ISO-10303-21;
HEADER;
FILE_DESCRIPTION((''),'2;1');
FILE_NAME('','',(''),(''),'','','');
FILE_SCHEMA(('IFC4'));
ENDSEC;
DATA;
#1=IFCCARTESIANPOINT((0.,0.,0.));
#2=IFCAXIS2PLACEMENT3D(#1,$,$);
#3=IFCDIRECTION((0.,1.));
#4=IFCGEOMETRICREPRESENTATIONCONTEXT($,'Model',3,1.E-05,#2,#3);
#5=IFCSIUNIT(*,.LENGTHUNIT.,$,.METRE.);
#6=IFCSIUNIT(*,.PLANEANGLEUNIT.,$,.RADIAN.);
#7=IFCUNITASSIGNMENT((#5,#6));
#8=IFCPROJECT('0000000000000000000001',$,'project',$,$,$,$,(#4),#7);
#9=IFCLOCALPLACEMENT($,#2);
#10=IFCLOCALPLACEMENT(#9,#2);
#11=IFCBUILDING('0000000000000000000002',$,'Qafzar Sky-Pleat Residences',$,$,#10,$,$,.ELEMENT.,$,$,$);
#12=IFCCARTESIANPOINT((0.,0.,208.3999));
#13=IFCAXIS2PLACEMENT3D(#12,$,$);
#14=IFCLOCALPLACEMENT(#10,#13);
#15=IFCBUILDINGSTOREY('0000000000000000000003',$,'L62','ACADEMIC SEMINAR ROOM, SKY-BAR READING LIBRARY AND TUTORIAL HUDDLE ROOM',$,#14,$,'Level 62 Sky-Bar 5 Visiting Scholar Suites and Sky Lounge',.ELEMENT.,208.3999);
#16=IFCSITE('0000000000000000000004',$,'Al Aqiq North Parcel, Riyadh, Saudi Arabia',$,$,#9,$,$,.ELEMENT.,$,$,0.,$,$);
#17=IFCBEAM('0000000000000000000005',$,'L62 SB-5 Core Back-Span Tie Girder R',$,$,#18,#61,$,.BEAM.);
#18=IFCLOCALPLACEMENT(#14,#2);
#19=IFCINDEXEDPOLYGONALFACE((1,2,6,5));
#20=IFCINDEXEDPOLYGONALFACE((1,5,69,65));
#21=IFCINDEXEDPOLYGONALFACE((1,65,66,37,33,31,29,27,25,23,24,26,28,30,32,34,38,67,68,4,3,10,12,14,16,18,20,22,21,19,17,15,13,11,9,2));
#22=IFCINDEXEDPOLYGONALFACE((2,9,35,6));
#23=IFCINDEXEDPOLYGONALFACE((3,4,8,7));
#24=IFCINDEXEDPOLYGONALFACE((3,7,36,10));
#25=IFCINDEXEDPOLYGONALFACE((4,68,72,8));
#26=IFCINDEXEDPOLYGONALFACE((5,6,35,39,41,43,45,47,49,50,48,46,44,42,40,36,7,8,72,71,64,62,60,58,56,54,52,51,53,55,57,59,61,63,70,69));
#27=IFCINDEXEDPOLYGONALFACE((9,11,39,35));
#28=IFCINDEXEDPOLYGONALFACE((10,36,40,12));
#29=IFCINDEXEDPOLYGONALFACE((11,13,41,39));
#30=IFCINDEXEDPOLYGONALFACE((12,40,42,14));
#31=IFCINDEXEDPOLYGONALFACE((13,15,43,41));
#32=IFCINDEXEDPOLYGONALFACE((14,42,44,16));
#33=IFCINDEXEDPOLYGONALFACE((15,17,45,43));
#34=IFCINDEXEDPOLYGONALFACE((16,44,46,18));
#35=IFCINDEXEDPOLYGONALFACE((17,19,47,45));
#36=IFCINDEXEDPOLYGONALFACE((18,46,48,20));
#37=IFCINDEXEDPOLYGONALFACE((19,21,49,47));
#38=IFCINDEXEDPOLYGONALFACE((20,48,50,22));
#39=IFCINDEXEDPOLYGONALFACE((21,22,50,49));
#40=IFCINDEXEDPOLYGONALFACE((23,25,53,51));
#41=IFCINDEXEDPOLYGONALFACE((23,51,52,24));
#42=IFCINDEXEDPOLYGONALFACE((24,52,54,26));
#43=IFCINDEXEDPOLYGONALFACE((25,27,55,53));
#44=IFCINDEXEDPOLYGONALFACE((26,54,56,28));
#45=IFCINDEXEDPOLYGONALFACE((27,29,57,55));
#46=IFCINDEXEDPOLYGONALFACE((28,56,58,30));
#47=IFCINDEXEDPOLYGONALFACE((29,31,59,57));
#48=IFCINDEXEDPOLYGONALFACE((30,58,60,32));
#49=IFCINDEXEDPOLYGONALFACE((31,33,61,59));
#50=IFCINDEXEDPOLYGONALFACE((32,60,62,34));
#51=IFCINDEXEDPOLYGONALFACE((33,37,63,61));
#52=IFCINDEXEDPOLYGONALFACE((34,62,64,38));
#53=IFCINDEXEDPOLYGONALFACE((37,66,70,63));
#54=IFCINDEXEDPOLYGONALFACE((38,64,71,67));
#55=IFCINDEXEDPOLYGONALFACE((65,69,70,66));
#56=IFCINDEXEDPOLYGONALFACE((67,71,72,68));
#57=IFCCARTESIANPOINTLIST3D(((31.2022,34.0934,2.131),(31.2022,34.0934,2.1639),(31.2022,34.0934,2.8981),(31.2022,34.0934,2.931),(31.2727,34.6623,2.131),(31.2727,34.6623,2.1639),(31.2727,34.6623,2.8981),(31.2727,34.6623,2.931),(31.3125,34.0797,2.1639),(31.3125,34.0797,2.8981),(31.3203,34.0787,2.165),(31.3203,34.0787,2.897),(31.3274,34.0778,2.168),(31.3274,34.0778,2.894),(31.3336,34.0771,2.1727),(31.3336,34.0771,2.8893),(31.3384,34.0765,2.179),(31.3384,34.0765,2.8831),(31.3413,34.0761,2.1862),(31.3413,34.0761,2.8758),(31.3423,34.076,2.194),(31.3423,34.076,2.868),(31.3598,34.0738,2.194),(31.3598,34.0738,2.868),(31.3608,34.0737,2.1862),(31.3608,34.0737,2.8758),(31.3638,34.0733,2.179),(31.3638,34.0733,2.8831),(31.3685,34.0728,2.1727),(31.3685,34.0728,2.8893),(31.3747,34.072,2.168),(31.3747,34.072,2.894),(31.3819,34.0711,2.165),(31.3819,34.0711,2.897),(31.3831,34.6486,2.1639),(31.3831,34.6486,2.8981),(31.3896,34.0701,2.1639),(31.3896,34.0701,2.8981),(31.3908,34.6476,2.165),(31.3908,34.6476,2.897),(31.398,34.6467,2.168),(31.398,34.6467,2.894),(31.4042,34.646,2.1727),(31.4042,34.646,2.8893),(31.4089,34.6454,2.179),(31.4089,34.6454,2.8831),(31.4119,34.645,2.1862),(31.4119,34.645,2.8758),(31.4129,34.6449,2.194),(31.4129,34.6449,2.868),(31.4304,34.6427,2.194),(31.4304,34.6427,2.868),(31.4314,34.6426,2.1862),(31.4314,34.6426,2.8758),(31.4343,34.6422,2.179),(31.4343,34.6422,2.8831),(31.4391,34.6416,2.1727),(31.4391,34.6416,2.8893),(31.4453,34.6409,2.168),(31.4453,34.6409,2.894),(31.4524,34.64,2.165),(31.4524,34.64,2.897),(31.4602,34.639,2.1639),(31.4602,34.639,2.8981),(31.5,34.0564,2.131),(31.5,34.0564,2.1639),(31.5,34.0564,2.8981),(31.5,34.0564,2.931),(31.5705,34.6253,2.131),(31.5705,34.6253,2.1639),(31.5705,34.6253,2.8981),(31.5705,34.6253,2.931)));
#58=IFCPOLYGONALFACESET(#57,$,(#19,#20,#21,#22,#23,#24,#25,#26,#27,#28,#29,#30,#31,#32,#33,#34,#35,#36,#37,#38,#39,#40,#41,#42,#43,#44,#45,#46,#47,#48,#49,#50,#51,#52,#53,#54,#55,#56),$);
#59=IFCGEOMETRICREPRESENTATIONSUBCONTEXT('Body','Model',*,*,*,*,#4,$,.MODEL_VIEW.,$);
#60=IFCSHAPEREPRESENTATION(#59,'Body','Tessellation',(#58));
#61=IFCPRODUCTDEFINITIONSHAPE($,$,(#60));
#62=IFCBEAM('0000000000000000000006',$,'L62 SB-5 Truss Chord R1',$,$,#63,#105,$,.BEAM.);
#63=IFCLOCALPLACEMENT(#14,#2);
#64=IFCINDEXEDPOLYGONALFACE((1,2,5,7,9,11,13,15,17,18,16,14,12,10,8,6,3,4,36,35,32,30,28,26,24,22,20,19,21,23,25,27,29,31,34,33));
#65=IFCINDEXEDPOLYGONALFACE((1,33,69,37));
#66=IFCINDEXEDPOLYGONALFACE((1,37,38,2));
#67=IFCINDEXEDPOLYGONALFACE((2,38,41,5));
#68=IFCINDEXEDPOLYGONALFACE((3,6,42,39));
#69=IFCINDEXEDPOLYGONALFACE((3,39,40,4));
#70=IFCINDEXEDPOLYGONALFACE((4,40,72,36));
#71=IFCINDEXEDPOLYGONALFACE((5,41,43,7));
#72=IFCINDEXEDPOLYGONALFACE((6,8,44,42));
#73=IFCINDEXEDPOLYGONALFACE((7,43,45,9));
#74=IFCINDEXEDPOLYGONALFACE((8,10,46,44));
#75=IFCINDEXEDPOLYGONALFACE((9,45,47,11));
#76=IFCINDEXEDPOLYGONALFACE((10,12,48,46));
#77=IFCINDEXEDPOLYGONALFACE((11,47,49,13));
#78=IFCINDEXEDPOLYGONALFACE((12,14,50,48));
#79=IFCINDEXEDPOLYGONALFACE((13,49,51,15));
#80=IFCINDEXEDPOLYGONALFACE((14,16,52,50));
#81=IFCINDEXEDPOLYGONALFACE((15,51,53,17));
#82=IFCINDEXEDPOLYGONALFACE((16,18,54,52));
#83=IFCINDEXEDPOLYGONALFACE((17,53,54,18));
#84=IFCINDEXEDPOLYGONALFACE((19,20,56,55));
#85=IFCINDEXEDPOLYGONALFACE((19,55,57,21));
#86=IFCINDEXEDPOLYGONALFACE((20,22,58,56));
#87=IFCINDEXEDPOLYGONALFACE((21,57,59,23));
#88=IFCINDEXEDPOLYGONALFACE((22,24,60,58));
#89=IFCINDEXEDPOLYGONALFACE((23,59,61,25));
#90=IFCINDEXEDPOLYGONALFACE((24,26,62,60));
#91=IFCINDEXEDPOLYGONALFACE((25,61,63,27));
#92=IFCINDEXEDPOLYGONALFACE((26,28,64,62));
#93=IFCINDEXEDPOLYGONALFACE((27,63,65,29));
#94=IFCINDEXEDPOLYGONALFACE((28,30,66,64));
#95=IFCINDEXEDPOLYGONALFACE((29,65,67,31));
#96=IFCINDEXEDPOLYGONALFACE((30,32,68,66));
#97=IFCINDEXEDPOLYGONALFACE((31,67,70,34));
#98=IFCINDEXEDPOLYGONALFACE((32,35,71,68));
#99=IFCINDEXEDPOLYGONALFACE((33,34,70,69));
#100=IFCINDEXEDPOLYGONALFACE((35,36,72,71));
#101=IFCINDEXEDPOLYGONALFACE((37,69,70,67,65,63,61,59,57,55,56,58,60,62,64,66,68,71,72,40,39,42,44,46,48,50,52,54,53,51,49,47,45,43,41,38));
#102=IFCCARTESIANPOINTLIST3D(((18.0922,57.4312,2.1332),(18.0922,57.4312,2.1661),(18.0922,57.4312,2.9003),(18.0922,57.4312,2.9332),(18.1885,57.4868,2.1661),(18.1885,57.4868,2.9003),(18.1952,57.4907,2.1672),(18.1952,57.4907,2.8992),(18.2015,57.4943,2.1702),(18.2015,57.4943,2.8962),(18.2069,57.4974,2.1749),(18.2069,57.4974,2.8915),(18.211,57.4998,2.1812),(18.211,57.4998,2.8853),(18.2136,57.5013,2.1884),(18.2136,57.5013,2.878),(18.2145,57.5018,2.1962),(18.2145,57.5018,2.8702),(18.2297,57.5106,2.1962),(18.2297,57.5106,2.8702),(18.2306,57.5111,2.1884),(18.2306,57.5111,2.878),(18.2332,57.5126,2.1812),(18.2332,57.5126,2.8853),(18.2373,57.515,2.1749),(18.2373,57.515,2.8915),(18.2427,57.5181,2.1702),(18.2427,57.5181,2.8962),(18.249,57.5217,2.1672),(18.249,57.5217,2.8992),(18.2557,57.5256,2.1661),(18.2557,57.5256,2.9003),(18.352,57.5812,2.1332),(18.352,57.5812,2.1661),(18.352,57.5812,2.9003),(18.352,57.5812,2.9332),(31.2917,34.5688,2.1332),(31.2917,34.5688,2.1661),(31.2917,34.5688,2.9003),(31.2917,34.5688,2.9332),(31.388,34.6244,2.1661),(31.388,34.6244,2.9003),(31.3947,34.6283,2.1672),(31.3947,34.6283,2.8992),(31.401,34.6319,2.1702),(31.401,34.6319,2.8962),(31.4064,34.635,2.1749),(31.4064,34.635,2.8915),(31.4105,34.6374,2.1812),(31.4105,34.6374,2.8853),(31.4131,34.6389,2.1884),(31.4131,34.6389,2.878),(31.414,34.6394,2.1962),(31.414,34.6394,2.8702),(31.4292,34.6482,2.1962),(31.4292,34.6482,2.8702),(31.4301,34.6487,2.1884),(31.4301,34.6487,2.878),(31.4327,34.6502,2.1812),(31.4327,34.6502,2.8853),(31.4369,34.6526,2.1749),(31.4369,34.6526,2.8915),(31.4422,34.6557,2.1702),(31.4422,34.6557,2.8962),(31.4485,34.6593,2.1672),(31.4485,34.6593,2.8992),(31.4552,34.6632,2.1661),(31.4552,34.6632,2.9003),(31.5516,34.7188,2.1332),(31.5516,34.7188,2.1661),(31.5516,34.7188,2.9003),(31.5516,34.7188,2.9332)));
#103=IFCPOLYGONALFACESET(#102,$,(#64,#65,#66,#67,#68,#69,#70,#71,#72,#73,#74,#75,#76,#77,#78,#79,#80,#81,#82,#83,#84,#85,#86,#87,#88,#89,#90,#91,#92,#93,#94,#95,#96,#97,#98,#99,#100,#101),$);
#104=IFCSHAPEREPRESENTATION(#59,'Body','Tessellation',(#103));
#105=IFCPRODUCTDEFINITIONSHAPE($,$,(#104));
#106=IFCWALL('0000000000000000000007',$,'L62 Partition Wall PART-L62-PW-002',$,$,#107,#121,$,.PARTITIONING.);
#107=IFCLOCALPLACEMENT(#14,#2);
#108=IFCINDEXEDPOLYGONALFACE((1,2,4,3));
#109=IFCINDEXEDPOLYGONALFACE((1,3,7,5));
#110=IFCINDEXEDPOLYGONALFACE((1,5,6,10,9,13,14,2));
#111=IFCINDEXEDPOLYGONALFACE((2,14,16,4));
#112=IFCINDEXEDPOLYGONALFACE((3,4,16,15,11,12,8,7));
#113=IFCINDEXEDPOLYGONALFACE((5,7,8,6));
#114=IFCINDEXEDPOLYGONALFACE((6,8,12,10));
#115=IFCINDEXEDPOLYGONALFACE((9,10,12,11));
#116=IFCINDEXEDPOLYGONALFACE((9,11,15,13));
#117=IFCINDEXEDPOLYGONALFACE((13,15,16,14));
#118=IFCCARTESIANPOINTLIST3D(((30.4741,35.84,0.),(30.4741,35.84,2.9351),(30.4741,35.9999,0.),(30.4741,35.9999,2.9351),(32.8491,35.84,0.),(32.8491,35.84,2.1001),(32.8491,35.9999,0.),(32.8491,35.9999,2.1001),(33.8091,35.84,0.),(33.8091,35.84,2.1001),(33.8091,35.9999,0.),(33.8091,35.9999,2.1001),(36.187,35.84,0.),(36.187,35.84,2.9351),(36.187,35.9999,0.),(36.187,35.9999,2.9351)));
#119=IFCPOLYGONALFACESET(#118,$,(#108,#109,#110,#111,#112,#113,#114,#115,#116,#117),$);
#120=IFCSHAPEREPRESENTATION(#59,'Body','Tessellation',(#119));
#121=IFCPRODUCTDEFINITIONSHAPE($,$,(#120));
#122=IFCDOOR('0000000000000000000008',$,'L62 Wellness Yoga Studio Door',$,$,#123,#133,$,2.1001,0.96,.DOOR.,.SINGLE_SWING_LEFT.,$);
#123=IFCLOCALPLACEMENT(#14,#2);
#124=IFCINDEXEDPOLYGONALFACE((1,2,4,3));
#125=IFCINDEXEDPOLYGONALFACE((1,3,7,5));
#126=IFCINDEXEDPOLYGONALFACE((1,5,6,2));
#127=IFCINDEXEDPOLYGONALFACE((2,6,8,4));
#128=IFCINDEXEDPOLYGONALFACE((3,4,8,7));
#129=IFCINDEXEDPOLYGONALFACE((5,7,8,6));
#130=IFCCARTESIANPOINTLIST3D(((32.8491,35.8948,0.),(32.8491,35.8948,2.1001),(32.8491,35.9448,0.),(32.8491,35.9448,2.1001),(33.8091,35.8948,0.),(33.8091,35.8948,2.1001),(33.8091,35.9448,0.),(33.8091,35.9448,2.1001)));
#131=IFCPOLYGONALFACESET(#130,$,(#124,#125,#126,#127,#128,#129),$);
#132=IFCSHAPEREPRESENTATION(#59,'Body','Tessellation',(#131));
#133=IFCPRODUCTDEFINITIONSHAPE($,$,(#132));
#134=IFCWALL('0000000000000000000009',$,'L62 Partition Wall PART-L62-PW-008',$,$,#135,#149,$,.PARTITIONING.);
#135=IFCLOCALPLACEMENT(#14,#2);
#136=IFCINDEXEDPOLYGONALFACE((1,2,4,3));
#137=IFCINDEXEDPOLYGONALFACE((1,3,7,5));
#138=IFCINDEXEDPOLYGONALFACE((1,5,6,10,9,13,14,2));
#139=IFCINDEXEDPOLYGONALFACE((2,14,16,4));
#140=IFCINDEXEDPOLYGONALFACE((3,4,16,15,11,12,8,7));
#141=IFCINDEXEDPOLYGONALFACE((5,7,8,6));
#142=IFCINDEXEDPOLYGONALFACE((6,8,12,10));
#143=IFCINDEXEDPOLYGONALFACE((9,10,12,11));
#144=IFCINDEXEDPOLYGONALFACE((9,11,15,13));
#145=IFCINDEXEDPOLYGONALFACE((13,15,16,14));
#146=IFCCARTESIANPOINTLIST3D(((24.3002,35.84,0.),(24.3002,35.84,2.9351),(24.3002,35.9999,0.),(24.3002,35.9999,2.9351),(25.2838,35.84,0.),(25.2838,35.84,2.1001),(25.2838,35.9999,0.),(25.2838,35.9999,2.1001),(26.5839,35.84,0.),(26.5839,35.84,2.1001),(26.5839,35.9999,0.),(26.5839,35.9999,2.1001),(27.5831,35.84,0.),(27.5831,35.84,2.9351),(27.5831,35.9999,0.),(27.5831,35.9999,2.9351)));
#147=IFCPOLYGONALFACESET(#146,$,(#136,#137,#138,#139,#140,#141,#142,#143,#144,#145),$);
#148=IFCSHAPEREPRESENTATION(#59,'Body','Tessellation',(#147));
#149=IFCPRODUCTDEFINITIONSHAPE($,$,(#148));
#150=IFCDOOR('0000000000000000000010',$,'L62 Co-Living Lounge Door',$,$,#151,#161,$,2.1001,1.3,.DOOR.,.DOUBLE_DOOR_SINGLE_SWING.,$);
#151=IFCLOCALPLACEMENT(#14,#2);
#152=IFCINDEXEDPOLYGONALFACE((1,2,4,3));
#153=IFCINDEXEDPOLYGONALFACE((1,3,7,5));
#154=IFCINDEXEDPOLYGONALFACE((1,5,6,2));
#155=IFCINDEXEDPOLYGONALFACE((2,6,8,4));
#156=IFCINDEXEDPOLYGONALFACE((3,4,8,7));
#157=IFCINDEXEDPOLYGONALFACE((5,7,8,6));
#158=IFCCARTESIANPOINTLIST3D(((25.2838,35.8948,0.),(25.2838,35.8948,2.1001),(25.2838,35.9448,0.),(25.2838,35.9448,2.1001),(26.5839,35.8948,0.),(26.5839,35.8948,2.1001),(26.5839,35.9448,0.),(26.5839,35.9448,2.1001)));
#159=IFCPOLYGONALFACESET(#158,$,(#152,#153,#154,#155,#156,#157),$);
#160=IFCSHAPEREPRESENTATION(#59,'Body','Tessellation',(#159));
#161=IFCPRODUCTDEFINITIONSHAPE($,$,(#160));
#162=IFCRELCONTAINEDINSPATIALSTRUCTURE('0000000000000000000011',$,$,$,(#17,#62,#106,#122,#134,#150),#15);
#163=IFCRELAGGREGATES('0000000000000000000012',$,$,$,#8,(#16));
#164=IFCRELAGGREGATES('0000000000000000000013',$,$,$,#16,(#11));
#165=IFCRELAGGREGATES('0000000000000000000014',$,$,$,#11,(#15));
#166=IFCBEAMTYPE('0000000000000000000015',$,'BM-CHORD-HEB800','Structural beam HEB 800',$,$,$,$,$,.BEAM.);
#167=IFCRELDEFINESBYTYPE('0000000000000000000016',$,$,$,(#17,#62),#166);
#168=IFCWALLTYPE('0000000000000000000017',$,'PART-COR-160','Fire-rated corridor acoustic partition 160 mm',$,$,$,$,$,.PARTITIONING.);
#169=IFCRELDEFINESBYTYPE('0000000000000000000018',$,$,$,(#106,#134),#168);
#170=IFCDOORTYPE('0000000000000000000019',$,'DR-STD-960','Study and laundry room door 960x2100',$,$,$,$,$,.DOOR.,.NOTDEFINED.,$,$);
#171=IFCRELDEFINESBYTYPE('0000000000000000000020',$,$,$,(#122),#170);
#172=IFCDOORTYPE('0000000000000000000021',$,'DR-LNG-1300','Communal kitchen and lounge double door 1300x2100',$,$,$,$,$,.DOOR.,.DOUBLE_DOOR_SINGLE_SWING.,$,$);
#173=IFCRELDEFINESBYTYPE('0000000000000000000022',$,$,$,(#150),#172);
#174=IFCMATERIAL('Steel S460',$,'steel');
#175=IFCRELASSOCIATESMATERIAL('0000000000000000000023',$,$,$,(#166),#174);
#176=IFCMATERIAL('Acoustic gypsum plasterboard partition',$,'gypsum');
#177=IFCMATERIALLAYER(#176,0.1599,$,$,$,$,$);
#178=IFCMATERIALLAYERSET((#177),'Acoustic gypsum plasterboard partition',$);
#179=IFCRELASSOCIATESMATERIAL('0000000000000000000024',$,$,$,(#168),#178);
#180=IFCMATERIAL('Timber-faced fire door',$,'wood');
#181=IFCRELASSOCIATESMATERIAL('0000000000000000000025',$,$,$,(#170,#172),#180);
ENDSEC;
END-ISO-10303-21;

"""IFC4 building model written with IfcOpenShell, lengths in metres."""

from ifc_helpers import new_model, si_unit, direction, frame, frame_2d, origin, origin_2d, place, context, subcontext, project, spatial, rectangle, i_section, extrude, source, transform, mapped, material, layer, layer_set, material_profile, profile_set, type_object, element, fill, save


model = new_model("IFC4")

# Units and contexts
model_context = context("Model", 3, precision=1e-05, world=origin(), true_north=direction((0.0, 1.0)))
body_context = subcontext(model_context, "Body", "Model", "MODEL_VIEW")
ifc_project = project(units=[si_unit("LENGTHUNIT", "METRE"), si_unit("PLANEANGLEUNIT", "RADIAN")], contexts=[model_context])

# Site, building, storey
site_placement = place(None, origin())
site = spatial("IfcSite", under=ifc_project, at=site_placement, Name="Al Aqiq North Parcel, Riyadh, Saudi Arabia", CompositionType="ELEMENT", RefElevation=0.0)
building_placement = place(site_placement, origin())
building = spatial("IfcBuilding", under=site, at=building_placement, Name="Qafzar Sky-Pleat Residences", CompositionType="ELEMENT")
storey_placement = place(building_placement, frame((0.0, 0.0, 208.3999)))
storey = spatial("IfcBuildingStorey", under=building, at=storey_placement, Name="L62", Description="ACADEMIC SEMINAR ROOM, SKY-BAR READING LIBRARY AND TUTORIAL HUDDLE ROOM", LongName="Level 62 Sky-Bar 5 Visiting Scholar Suites and Sky Lounge", CompositionType="ELEMENT", Elevation=208.3999)

# Beams
ifc_material_1 = material(Name="Steel S460", Category="steel")
ifc_material_profile = material_profile(ifc_material_1, i_section(OverallWidth=0.3, OverallDepth=0.8, WebThickness=0.0176, FlangeThickness=0.033, FilletRadius=0.03, at=origin_2d()), Name="HEB 800")
ifc_profile_set = profile_set([ifc_material_profile], Name="Steel S460")
beam_type = type_object("IfcBeamType", Name="BM-CHORD-HEB800", Description="Structural beam HEB 800", PredefinedType="BEAM", material=ifc_profile_set)
shared_shape_1 = source(origin(), body_context, "Body", "SweptSolid", [
    extrude(i_section(OverallWidth=0.3, OverallDepth=0.8, WebThickness=0.0176, FlangeThickness=0.033, FilletRadius=0.03, at=origin_2d()), origin(), (0.0, 0.0, 1.0), 0.5732),
])
beam_1_placement = place(storey_placement, frame((31.4216, 34.6438, 2.531), z_axis=(-0.123091, -0.992395, 0.0), x_axis=(0.992395, -0.123091, 0.0)))
element("IfcBeam", 1, at=beam_1_placement, inside=storey, type_object=beam_type, Name="L62 SB-5 Core Back-Span Tie Girder R", PredefinedType="BEAM", context=body_context, shape_type="MappedRepresentation", body=[
    mapped(shared_shape_1, transform((0.0, 0.0, 0.0), x_axis=(1.0, 0.0, 0.0), y_axis=(0.0, 1.0, 0.0), z_axis=(0.0, 0.0, 1.0), scale=1.0)),
])
shared_shape_2 = source(origin(), body_context, "Body", "SweptSolid", [
    extrude(i_section(OverallWidth=0.3, OverallDepth=0.8, WebThickness=0.0176, FlangeThickness=0.033, FilletRadius=0.03, at=origin_2d()), origin(), (0.0, 0.0, 1.0), 26.3992),
])
beam_2_placement = place(storey_placement, frame((31.4216, 34.6438, 2.5332), z_axis=(-0.499997, 0.866027, 0.0), x_axis=(-0.866027, -0.499997, 0.0)))
element("IfcBeam", 2, at=beam_2_placement, inside=storey, type_object=beam_type, Name="L62 SB-5 Truss Chord R1", PredefinedType="BEAM", context=body_context, shape_type="MappedRepresentation", body=[
    mapped(shared_shape_2, transform((0.0, 0.0, 0.0), x_axis=(1.0, 0.0, 0.0), y_axis=(0.0, 1.0, 0.0), z_axis=(0.0, 0.0, 1.0), scale=1.0)),
])

# Walls, openings, doors
ifc_material_2 = material(Name="Acoustic gypsum plasterboard partition", Category="gypsum")
ifc_layer_1 = layer(ifc_material_2, 0.1599)
ifc_layer_set_1 = layer_set([ifc_layer_1], Name="Acoustic gypsum plasterboard partition")
wall_type_1 = type_object("IfcWallType", Name="PART-COR-160", Description="Fire-rated corridor acoustic partition 160 mm", PredefinedType="PARTITIONING", material=ifc_layer_set_1)
wall_1_placement = place(storey_placement, frame((30.4741, 35.9199, 0.0), z_axis=(0.0, 0.0, 1.0), x_axis=(1.0, 0.0, 0.0)))
wall_1 = element("IfcWall", 3, at=wall_1_placement, inside=storey, type_object=wall_type_1, Name="L62 Partition Wall PART-L62-PW-002", PredefinedType="PARTITIONING", context=body_context, shape_type="SweptSolid", body=[
    extrude(rectangle(XDim=5.7129, YDim=0.1599, at=frame_2d((2.8564, 0.0))), origin(), (0.0, 0.0, 1.0), 2.9351),
])
opening_1_placement = place(wall_1_placement, frame((2.375, 0.0, 0.0)))
opening_1 = element("IfcOpeningElement", 4, at=opening_1_placement, cuts=wall_1, PredefinedType="OPENING", context=body_context, shape_type="SweptSolid", body=[
    extrude(rectangle(XDim=0.96, YDim=2.1001, at=frame_2d((0.48, 1.05))), frame((0.0, 0.0898, 0.0), z_axis=(0.0, -1.0, 0.0), x_axis=(1.0, 0.0, 0.0)), (0.0, 0.0, 1.0), 0.1799),
])
ifc_material_3 = material(Name="Timber-faced fire door", Category="wood")
door_type_1 = type_object("IfcDoorType", Name="DR-STD-960", Description="Study and laundry room door 960x2100", OperationType="NOTDEFINED", PredefinedType="DOOR", material=ifc_material_3)
shared_shape_3 = source(origin(), body_context, "Body", "SweptSolid", [
    extrude(rectangle(XDim=0.96, YDim=2.1001, at=frame_2d((0.48, 1.05))), frame((0.0, 0.0249, 0.0), z_axis=(0.0, -1.0, 0.0), x_axis=(1.0, 0.0, 0.0)), (0.0, 0.0, 1.0), 0.05),
])
door_1_placement = place(opening_1_placement, origin())
door_1 = element("IfcDoor", 5, at=door_1_placement, inside=storey, type_object=door_type_1, Name="L62 Wellness Yoga Studio Door", OperationType="SINGLE_SWING_LEFT", OverallHeight=2.1001, OverallWidth=0.96, PredefinedType="DOOR", context=body_context, shape_type="MappedRepresentation", body=[
    mapped(shared_shape_3, transform((0.0, 0.0, 0.0), x_axis=(1.0, 0.0, 0.0), y_axis=(0.0, 1.0, 0.0), z_axis=(0.0, 0.0, 1.0), scale=1.0)),
])
fill(opening_1, door_1)
wall_2_placement = place(storey_placement, frame((24.3, 35.9199, 0.0), z_axis=(0.0, 0.0, 1.0), x_axis=(1.0, 0.0, 0.0)))
wall_2 = element("IfcWall", 6, at=wall_2_placement, inside=storey, type_object=wall_type_1, Name="L62 Partition Wall PART-L62-PW-008", PredefinedType="PARTITIONING", context=body_context, shape_type="SweptSolid", body=[
    extrude(rectangle(XDim=3.283, YDim=0.1599, at=frame_2d((1.6416, 0.0))), origin(), (0.0, 0.0, 1.0), 2.9351),
])
opening_2_placement = place(wall_2_placement, frame((0.9839, 0.0, 0.0)))
opening_2 = element("IfcOpeningElement", 7, at=opening_2_placement, cuts=wall_2, PredefinedType="OPENING", context=body_context, shape_type="SweptSolid", body=[
    extrude(rectangle(XDim=1.3, YDim=2.1001, at=frame_2d((0.6499, 1.05))), frame((0.0, 0.0898, 0.0), z_axis=(0.0, -1.0, 0.0), x_axis=(1.0, 0.0, 0.0)), (0.0, 0.0, 1.0), 0.1799),
])
door_type_2 = type_object("IfcDoorType", Name="DR-LNG-1300", Description="Communal kitchen and lounge double door 1300x2100", OperationType="DOUBLE_DOOR_SINGLE_SWING", PredefinedType="DOOR", material=ifc_material_3)
shared_shape_4 = source(origin(), body_context, "Body", "SweptSolid", [
    extrude(rectangle(XDim=1.3, YDim=2.1001, at=frame_2d((0.6499, 1.05))), frame((0.0, 0.0249, 0.0), z_axis=(0.0, -1.0, 0.0), x_axis=(1.0, 0.0, 0.0)), (0.0, 0.0, 1.0), 0.05),
])
door_2_placement = place(opening_2_placement, origin())
door_2 = element("IfcDoor", 8, at=door_2_placement, inside=storey, type_object=door_type_2, Name="L62 Co-Living Lounge Door", OperationType="DOUBLE_DOOR_SINGLE_SWING", OverallHeight=2.1001, OverallWidth=1.3, PredefinedType="DOOR", context=body_context, shape_type="MappedRepresentation", body=[
    mapped(shared_shape_4, transform((0.0, 0.0, 0.0), x_axis=(1.0, 0.0, 0.0), y_axis=(0.0, 1.0, 0.0), z_axis=(0.0, 0.0, 1.0), scale=1.0)),
])
fill(opening_2, door_2)

save(model, "model.ifc")
